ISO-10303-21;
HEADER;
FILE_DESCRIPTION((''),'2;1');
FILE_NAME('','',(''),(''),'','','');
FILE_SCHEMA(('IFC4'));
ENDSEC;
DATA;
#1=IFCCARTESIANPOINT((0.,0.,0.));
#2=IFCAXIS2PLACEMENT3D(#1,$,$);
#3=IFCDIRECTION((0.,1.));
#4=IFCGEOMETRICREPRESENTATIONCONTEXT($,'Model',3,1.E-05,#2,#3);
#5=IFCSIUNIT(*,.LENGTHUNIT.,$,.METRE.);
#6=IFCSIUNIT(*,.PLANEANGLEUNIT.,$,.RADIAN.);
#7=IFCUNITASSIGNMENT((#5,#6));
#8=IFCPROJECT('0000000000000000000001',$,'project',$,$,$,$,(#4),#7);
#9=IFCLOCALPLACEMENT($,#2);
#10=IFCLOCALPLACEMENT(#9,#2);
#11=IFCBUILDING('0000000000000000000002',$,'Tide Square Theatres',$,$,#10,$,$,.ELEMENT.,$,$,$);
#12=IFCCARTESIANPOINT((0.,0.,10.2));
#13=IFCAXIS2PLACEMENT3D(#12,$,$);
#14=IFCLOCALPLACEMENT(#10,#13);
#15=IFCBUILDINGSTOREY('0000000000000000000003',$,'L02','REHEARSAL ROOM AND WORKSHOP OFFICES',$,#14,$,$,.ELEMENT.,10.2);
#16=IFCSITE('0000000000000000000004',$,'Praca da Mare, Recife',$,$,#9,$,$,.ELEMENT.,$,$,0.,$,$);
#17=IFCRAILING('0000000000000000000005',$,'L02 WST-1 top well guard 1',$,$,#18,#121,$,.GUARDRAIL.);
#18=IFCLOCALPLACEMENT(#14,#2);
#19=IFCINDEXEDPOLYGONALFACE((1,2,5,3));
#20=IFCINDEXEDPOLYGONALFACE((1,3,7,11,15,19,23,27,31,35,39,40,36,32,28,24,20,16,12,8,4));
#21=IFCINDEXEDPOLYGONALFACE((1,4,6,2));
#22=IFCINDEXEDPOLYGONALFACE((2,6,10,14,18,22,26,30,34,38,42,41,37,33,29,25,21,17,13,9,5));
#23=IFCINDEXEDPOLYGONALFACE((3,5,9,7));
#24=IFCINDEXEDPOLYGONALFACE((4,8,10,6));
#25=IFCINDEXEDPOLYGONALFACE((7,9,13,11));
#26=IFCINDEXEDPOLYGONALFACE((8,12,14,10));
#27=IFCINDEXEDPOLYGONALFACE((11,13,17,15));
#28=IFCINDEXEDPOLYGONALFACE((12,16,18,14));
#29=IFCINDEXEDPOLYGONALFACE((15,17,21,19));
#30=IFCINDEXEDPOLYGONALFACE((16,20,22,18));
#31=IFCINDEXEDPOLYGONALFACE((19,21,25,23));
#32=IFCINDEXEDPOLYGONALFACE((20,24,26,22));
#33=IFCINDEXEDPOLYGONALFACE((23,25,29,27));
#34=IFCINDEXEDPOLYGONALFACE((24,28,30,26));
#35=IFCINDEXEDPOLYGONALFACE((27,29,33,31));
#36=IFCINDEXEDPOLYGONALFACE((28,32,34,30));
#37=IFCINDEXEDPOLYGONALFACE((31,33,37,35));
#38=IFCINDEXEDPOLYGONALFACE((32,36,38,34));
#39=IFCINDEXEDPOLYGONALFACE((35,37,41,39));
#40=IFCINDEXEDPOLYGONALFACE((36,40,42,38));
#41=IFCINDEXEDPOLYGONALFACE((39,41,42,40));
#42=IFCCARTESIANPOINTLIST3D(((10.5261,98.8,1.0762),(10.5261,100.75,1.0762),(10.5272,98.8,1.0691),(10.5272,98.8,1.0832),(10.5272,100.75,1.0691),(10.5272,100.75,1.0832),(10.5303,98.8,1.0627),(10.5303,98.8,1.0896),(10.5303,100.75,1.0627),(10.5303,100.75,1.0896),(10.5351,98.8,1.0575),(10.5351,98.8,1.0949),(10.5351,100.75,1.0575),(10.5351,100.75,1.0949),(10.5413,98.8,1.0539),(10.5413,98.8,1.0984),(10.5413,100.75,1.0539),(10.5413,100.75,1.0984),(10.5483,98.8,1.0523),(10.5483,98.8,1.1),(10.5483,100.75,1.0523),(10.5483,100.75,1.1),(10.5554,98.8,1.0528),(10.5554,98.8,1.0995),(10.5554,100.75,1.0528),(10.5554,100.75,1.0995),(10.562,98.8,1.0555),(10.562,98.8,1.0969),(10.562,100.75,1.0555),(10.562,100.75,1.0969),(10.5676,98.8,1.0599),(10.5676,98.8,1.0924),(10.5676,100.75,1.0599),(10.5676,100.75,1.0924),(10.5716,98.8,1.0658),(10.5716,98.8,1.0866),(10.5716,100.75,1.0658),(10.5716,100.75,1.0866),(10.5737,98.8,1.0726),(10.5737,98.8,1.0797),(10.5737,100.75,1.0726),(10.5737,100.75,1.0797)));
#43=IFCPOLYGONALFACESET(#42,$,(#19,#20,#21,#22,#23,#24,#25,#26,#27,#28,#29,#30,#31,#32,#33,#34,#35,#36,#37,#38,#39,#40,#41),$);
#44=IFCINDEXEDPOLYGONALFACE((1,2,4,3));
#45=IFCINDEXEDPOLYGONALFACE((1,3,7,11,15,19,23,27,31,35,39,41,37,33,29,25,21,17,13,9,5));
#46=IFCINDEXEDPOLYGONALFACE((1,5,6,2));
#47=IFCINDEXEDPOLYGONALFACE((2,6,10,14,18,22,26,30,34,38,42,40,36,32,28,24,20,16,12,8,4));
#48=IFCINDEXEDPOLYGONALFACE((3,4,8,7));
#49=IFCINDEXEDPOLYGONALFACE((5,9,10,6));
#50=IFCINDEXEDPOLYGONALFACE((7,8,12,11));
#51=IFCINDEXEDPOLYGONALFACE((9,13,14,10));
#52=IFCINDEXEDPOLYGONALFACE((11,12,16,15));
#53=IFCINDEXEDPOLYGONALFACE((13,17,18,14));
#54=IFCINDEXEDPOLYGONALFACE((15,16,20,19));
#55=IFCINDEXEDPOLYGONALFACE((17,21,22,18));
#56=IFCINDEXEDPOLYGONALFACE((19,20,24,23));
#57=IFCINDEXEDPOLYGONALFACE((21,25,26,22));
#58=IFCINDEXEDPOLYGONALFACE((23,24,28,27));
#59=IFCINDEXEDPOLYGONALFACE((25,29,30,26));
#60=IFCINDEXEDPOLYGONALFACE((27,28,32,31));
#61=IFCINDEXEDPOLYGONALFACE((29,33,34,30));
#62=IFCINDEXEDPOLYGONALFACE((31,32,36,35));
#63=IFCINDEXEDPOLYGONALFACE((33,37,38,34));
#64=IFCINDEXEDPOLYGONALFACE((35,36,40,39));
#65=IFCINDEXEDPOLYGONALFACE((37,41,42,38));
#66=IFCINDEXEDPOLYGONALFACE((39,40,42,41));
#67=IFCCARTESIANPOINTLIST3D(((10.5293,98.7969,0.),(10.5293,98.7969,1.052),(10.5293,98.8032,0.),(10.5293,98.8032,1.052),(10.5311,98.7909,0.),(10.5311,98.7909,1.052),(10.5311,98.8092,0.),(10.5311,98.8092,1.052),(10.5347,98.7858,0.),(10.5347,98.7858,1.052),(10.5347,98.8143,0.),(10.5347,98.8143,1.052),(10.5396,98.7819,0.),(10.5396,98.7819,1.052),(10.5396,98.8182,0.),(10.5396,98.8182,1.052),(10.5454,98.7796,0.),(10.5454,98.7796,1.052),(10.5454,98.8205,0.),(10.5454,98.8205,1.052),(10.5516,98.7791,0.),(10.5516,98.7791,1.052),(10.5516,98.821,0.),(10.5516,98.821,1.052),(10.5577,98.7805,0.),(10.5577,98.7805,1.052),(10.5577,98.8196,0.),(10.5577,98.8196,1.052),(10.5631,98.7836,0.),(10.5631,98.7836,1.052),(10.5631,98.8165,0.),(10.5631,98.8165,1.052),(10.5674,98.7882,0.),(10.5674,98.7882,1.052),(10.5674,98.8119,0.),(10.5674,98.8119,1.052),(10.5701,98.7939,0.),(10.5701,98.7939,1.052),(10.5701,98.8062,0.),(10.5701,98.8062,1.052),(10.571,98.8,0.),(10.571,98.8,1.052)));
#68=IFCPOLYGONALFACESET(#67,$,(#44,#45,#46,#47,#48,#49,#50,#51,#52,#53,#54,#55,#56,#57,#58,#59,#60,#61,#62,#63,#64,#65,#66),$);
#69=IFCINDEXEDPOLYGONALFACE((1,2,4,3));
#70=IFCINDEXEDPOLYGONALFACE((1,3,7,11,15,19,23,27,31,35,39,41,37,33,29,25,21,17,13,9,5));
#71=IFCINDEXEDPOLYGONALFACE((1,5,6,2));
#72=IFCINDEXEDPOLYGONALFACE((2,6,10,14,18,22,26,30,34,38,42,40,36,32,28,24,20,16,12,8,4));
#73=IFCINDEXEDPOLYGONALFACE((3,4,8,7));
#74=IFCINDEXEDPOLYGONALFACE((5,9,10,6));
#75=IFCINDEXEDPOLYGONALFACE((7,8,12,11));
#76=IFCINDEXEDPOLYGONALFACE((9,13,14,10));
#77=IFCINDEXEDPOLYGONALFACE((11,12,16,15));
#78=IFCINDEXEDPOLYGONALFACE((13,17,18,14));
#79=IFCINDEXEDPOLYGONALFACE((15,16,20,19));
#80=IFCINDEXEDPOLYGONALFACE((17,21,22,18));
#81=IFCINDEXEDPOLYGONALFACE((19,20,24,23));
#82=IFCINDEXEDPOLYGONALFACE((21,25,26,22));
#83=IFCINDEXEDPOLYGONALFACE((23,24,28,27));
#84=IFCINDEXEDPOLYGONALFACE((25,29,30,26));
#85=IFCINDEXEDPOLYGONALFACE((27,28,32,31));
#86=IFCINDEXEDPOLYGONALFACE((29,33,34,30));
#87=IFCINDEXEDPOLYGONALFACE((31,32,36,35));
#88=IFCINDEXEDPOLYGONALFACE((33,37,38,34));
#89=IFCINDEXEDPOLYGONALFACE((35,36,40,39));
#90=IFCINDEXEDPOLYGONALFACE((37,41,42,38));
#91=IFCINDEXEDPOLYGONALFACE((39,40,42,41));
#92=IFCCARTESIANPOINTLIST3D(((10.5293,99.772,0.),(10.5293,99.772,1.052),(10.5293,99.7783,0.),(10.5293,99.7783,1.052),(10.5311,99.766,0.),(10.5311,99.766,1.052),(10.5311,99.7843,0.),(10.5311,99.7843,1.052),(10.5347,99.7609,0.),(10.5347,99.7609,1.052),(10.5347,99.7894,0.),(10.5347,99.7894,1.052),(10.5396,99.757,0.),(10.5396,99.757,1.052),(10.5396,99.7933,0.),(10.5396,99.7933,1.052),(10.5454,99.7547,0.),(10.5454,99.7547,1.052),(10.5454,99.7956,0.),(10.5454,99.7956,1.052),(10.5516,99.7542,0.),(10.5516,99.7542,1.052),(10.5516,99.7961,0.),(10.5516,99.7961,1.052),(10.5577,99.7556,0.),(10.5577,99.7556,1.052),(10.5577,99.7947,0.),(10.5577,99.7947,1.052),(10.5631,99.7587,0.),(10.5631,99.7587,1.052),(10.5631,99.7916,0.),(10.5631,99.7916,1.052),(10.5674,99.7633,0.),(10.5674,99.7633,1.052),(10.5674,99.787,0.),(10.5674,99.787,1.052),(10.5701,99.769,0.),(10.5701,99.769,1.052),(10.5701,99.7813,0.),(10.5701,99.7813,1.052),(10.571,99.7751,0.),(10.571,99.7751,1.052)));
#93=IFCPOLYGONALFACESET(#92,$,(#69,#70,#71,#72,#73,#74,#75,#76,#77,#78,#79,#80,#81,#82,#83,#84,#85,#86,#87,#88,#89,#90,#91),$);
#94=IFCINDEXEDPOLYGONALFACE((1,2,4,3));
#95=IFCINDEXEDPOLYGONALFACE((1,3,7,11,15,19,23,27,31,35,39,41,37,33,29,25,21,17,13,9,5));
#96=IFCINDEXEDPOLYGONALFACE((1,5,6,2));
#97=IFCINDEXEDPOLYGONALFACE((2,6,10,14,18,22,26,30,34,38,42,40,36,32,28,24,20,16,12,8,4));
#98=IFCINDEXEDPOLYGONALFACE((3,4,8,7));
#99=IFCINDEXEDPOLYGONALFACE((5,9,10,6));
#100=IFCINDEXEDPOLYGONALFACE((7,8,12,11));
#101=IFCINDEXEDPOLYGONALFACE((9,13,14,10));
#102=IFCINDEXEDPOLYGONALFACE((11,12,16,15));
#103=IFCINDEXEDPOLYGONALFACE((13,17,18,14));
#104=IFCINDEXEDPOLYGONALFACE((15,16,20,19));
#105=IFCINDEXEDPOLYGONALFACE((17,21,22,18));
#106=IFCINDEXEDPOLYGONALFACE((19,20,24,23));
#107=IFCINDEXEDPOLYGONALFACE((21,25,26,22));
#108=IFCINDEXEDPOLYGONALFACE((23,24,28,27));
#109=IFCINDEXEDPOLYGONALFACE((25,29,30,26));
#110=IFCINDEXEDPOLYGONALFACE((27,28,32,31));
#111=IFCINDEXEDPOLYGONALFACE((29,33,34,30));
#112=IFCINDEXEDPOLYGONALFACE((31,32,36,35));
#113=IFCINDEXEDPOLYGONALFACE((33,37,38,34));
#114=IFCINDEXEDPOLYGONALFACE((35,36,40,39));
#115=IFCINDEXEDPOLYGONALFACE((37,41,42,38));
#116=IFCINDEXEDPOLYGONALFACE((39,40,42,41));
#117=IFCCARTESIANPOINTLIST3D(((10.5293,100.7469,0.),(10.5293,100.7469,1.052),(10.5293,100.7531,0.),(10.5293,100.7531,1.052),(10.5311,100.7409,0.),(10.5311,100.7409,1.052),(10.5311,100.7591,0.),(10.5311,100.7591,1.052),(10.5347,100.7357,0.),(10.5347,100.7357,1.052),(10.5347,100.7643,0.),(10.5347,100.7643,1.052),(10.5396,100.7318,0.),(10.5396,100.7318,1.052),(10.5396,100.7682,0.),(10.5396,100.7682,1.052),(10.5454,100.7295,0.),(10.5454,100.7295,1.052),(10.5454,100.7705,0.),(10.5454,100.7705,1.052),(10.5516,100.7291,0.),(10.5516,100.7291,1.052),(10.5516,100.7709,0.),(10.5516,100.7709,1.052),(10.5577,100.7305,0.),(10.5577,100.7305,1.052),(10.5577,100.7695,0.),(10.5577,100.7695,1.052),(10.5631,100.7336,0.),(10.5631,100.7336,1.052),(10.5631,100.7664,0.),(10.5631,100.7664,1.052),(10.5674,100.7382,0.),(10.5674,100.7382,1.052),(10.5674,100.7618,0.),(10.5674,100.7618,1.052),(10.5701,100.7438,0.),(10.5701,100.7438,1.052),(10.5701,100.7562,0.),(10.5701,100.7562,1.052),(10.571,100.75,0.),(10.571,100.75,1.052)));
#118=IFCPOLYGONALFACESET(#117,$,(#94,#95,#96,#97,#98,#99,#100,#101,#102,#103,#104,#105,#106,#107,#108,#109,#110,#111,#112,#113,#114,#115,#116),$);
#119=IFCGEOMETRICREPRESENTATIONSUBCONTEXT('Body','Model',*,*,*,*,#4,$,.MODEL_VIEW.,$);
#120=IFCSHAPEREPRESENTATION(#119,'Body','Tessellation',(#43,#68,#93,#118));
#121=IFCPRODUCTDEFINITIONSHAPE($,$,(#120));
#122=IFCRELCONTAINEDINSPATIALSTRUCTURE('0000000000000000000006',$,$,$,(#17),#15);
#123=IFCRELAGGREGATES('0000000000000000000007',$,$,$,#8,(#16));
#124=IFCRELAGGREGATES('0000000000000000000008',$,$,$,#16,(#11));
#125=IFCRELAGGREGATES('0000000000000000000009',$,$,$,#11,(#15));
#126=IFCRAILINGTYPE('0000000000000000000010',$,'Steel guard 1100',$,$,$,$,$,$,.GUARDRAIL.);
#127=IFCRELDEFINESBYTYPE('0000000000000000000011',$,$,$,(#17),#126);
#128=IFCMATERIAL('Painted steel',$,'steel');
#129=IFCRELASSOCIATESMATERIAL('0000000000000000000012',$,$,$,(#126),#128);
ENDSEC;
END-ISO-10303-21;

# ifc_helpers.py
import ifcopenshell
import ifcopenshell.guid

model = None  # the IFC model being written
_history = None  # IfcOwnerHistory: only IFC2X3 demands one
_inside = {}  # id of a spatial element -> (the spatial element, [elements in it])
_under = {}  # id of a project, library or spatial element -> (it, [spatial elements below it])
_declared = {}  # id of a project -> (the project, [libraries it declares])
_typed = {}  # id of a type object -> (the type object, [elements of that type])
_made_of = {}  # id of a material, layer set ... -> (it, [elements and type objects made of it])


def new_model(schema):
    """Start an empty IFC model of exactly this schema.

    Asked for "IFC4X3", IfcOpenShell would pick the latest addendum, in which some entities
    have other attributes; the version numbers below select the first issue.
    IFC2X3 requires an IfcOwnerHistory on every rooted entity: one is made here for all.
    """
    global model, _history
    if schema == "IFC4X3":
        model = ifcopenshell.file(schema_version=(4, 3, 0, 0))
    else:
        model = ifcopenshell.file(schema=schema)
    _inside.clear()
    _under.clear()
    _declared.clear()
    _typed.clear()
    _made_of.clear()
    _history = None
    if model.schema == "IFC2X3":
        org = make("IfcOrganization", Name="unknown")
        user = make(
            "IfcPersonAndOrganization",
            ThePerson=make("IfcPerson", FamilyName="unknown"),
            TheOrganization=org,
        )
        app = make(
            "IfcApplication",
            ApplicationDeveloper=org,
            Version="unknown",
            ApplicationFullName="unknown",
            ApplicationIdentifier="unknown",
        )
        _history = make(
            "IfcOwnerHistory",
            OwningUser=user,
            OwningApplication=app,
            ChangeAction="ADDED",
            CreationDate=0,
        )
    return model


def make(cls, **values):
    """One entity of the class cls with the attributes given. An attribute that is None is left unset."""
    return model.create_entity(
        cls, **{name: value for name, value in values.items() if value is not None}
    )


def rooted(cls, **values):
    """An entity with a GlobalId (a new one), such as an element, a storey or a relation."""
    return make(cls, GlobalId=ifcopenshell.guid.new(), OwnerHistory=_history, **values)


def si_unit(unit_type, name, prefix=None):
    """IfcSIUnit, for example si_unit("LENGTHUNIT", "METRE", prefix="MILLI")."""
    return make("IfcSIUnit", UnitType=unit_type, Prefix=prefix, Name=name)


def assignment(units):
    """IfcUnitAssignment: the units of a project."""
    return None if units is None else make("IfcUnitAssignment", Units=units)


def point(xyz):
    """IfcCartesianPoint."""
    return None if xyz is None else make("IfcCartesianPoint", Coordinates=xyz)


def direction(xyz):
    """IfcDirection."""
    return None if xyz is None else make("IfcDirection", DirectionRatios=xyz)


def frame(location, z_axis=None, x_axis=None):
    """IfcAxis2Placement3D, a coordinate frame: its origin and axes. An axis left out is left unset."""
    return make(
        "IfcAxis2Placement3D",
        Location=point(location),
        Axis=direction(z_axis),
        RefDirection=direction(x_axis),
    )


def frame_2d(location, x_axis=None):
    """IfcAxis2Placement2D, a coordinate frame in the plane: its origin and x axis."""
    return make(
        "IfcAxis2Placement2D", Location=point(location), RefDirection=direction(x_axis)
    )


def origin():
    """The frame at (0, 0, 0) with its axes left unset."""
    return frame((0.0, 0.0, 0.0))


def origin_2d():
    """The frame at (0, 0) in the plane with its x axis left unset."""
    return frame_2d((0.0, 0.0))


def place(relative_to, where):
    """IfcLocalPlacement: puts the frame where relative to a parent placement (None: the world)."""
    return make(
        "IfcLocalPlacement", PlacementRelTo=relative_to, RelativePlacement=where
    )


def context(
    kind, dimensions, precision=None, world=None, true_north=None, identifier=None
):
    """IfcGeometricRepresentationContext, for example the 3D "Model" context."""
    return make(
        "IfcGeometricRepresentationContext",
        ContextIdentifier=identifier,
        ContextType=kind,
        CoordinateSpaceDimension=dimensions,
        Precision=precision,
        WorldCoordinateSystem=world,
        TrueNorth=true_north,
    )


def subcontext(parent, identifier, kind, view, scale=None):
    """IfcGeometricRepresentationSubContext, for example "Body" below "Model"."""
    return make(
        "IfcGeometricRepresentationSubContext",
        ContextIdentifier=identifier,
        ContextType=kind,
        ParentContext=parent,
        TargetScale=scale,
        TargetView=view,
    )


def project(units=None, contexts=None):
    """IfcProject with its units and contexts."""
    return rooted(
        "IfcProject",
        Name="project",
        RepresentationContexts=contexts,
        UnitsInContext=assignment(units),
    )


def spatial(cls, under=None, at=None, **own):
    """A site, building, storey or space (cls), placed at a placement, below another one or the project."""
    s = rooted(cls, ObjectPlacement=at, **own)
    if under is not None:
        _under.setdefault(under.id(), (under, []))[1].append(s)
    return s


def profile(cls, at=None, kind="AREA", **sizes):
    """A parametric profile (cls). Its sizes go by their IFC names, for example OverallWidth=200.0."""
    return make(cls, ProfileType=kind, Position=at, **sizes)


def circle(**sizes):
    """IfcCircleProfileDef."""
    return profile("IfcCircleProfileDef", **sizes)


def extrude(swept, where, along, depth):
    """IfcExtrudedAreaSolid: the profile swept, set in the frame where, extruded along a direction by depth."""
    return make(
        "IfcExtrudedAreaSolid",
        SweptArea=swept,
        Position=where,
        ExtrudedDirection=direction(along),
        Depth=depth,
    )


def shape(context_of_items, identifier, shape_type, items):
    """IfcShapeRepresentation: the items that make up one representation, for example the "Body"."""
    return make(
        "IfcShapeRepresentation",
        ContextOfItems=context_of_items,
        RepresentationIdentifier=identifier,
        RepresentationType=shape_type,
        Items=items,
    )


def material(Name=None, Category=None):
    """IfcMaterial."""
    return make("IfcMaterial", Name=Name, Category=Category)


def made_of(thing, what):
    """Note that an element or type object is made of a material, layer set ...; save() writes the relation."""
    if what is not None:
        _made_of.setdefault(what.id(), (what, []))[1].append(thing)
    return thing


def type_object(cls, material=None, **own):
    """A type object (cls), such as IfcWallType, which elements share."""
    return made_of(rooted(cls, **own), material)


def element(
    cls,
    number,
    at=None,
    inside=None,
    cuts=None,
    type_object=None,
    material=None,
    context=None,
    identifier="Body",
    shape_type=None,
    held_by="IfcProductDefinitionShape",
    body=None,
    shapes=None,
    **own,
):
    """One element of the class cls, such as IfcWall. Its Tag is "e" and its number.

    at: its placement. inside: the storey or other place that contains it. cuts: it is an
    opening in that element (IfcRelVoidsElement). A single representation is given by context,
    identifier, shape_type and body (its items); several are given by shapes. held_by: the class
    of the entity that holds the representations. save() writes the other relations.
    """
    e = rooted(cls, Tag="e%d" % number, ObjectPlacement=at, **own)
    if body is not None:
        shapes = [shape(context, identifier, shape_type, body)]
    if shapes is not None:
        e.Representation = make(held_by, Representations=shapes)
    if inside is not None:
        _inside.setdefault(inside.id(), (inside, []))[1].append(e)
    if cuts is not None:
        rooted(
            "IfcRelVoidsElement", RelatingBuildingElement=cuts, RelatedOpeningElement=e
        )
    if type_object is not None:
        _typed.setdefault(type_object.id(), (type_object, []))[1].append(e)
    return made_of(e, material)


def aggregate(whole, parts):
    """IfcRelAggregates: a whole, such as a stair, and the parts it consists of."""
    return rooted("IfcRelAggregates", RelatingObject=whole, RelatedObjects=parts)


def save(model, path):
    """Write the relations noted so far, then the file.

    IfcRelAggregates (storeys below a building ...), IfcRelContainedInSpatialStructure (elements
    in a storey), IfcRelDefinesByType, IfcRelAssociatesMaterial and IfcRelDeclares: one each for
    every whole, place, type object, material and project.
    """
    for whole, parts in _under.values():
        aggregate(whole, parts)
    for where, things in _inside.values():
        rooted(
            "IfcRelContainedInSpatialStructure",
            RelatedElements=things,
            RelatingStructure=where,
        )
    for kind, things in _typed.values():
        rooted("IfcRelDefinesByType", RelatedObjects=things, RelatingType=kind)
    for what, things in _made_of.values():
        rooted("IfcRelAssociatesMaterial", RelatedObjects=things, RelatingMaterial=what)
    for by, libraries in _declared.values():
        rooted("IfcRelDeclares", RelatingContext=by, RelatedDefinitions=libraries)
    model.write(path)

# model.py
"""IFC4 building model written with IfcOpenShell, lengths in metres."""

from ifc_helpers import new_model, si_unit, direction, frame, origin, origin_2d, place, context, subcontext, project, spatial, circle, extrude, material, type_object, element, save


model = new_model("IFC4")

# Units and contexts
model_context = context("Model", 3, precision=1e-05, world=origin(), true_north=direction((0.0, 1.0)))
body_context = subcontext(model_context, "Body", "Model", "MODEL_VIEW")
ifc_project = project(units=[si_unit("LENGTHUNIT", "METRE"), si_unit("PLANEANGLEUNIT", "RADIAN")], contexts=[model_context])

# Site, building, storey
site_placement = place(None, origin())
site = spatial("IfcSite", under=ifc_project, at=site_placement, Name="Praca da Mare, Recife", CompositionType="ELEMENT", RefElevation=0.0)
building_placement = place(site_placement, origin())
building = spatial("IfcBuilding", under=site, at=building_placement, Name="Tide Square Theatres", CompositionType="ELEMENT")
storey_placement = place(building_placement, frame((0.0, 0.0, 10.2)))
storey = spatial("IfcBuildingStorey", under=building, at=storey_placement, Name="L02", Description="REHEARSAL ROOM AND WORKSHOP OFFICES", CompositionType="ELEMENT", Elevation=10.2)

# Railing
ifc_material_1 = material(Name="Painted steel", Category="steel")
railing_type = type_object("IfcRailingType", Name="Steel guard 1100", PredefinedType="GUARDRAIL", material=ifc_material_1)
railing_placement = place(storey_placement, frame((10.55, 98.8, 0.0)))
element("IfcRailing", 1, at=railing_placement, inside=storey, type_object=railing_type, Name="L02 WST-1 top well guard 1", PredefinedType="GUARDRAIL", context=body_context, shape_type="SweptSolid", body=[
    extrude(circle(Radius=0.0239, at=origin_2d()), frame((0.0, 0.0, 1.0762), z_axis=(0.0, 1.0, 0.0), x_axis=(-1.0, 0.0, 0.0)), (0.0, 0.0, 1.0), 1.95),
    extrude(circle(Radius=0.021, at=origin_2d()), origin(), (0.0, 0.0, 1.0), 1.052),
    extrude(circle(Radius=0.021, at=origin_2d()), frame((0.0, 0.9751, 0.0)), (0.0, 0.0, 1.0), 1.052),
    extrude(circle(Radius=0.021, at=origin_2d()), frame((0.0, 1.95, 0.0)), (0.0, 0.0, 1.0), 1.052),
])

save(model, "model.ifc")
